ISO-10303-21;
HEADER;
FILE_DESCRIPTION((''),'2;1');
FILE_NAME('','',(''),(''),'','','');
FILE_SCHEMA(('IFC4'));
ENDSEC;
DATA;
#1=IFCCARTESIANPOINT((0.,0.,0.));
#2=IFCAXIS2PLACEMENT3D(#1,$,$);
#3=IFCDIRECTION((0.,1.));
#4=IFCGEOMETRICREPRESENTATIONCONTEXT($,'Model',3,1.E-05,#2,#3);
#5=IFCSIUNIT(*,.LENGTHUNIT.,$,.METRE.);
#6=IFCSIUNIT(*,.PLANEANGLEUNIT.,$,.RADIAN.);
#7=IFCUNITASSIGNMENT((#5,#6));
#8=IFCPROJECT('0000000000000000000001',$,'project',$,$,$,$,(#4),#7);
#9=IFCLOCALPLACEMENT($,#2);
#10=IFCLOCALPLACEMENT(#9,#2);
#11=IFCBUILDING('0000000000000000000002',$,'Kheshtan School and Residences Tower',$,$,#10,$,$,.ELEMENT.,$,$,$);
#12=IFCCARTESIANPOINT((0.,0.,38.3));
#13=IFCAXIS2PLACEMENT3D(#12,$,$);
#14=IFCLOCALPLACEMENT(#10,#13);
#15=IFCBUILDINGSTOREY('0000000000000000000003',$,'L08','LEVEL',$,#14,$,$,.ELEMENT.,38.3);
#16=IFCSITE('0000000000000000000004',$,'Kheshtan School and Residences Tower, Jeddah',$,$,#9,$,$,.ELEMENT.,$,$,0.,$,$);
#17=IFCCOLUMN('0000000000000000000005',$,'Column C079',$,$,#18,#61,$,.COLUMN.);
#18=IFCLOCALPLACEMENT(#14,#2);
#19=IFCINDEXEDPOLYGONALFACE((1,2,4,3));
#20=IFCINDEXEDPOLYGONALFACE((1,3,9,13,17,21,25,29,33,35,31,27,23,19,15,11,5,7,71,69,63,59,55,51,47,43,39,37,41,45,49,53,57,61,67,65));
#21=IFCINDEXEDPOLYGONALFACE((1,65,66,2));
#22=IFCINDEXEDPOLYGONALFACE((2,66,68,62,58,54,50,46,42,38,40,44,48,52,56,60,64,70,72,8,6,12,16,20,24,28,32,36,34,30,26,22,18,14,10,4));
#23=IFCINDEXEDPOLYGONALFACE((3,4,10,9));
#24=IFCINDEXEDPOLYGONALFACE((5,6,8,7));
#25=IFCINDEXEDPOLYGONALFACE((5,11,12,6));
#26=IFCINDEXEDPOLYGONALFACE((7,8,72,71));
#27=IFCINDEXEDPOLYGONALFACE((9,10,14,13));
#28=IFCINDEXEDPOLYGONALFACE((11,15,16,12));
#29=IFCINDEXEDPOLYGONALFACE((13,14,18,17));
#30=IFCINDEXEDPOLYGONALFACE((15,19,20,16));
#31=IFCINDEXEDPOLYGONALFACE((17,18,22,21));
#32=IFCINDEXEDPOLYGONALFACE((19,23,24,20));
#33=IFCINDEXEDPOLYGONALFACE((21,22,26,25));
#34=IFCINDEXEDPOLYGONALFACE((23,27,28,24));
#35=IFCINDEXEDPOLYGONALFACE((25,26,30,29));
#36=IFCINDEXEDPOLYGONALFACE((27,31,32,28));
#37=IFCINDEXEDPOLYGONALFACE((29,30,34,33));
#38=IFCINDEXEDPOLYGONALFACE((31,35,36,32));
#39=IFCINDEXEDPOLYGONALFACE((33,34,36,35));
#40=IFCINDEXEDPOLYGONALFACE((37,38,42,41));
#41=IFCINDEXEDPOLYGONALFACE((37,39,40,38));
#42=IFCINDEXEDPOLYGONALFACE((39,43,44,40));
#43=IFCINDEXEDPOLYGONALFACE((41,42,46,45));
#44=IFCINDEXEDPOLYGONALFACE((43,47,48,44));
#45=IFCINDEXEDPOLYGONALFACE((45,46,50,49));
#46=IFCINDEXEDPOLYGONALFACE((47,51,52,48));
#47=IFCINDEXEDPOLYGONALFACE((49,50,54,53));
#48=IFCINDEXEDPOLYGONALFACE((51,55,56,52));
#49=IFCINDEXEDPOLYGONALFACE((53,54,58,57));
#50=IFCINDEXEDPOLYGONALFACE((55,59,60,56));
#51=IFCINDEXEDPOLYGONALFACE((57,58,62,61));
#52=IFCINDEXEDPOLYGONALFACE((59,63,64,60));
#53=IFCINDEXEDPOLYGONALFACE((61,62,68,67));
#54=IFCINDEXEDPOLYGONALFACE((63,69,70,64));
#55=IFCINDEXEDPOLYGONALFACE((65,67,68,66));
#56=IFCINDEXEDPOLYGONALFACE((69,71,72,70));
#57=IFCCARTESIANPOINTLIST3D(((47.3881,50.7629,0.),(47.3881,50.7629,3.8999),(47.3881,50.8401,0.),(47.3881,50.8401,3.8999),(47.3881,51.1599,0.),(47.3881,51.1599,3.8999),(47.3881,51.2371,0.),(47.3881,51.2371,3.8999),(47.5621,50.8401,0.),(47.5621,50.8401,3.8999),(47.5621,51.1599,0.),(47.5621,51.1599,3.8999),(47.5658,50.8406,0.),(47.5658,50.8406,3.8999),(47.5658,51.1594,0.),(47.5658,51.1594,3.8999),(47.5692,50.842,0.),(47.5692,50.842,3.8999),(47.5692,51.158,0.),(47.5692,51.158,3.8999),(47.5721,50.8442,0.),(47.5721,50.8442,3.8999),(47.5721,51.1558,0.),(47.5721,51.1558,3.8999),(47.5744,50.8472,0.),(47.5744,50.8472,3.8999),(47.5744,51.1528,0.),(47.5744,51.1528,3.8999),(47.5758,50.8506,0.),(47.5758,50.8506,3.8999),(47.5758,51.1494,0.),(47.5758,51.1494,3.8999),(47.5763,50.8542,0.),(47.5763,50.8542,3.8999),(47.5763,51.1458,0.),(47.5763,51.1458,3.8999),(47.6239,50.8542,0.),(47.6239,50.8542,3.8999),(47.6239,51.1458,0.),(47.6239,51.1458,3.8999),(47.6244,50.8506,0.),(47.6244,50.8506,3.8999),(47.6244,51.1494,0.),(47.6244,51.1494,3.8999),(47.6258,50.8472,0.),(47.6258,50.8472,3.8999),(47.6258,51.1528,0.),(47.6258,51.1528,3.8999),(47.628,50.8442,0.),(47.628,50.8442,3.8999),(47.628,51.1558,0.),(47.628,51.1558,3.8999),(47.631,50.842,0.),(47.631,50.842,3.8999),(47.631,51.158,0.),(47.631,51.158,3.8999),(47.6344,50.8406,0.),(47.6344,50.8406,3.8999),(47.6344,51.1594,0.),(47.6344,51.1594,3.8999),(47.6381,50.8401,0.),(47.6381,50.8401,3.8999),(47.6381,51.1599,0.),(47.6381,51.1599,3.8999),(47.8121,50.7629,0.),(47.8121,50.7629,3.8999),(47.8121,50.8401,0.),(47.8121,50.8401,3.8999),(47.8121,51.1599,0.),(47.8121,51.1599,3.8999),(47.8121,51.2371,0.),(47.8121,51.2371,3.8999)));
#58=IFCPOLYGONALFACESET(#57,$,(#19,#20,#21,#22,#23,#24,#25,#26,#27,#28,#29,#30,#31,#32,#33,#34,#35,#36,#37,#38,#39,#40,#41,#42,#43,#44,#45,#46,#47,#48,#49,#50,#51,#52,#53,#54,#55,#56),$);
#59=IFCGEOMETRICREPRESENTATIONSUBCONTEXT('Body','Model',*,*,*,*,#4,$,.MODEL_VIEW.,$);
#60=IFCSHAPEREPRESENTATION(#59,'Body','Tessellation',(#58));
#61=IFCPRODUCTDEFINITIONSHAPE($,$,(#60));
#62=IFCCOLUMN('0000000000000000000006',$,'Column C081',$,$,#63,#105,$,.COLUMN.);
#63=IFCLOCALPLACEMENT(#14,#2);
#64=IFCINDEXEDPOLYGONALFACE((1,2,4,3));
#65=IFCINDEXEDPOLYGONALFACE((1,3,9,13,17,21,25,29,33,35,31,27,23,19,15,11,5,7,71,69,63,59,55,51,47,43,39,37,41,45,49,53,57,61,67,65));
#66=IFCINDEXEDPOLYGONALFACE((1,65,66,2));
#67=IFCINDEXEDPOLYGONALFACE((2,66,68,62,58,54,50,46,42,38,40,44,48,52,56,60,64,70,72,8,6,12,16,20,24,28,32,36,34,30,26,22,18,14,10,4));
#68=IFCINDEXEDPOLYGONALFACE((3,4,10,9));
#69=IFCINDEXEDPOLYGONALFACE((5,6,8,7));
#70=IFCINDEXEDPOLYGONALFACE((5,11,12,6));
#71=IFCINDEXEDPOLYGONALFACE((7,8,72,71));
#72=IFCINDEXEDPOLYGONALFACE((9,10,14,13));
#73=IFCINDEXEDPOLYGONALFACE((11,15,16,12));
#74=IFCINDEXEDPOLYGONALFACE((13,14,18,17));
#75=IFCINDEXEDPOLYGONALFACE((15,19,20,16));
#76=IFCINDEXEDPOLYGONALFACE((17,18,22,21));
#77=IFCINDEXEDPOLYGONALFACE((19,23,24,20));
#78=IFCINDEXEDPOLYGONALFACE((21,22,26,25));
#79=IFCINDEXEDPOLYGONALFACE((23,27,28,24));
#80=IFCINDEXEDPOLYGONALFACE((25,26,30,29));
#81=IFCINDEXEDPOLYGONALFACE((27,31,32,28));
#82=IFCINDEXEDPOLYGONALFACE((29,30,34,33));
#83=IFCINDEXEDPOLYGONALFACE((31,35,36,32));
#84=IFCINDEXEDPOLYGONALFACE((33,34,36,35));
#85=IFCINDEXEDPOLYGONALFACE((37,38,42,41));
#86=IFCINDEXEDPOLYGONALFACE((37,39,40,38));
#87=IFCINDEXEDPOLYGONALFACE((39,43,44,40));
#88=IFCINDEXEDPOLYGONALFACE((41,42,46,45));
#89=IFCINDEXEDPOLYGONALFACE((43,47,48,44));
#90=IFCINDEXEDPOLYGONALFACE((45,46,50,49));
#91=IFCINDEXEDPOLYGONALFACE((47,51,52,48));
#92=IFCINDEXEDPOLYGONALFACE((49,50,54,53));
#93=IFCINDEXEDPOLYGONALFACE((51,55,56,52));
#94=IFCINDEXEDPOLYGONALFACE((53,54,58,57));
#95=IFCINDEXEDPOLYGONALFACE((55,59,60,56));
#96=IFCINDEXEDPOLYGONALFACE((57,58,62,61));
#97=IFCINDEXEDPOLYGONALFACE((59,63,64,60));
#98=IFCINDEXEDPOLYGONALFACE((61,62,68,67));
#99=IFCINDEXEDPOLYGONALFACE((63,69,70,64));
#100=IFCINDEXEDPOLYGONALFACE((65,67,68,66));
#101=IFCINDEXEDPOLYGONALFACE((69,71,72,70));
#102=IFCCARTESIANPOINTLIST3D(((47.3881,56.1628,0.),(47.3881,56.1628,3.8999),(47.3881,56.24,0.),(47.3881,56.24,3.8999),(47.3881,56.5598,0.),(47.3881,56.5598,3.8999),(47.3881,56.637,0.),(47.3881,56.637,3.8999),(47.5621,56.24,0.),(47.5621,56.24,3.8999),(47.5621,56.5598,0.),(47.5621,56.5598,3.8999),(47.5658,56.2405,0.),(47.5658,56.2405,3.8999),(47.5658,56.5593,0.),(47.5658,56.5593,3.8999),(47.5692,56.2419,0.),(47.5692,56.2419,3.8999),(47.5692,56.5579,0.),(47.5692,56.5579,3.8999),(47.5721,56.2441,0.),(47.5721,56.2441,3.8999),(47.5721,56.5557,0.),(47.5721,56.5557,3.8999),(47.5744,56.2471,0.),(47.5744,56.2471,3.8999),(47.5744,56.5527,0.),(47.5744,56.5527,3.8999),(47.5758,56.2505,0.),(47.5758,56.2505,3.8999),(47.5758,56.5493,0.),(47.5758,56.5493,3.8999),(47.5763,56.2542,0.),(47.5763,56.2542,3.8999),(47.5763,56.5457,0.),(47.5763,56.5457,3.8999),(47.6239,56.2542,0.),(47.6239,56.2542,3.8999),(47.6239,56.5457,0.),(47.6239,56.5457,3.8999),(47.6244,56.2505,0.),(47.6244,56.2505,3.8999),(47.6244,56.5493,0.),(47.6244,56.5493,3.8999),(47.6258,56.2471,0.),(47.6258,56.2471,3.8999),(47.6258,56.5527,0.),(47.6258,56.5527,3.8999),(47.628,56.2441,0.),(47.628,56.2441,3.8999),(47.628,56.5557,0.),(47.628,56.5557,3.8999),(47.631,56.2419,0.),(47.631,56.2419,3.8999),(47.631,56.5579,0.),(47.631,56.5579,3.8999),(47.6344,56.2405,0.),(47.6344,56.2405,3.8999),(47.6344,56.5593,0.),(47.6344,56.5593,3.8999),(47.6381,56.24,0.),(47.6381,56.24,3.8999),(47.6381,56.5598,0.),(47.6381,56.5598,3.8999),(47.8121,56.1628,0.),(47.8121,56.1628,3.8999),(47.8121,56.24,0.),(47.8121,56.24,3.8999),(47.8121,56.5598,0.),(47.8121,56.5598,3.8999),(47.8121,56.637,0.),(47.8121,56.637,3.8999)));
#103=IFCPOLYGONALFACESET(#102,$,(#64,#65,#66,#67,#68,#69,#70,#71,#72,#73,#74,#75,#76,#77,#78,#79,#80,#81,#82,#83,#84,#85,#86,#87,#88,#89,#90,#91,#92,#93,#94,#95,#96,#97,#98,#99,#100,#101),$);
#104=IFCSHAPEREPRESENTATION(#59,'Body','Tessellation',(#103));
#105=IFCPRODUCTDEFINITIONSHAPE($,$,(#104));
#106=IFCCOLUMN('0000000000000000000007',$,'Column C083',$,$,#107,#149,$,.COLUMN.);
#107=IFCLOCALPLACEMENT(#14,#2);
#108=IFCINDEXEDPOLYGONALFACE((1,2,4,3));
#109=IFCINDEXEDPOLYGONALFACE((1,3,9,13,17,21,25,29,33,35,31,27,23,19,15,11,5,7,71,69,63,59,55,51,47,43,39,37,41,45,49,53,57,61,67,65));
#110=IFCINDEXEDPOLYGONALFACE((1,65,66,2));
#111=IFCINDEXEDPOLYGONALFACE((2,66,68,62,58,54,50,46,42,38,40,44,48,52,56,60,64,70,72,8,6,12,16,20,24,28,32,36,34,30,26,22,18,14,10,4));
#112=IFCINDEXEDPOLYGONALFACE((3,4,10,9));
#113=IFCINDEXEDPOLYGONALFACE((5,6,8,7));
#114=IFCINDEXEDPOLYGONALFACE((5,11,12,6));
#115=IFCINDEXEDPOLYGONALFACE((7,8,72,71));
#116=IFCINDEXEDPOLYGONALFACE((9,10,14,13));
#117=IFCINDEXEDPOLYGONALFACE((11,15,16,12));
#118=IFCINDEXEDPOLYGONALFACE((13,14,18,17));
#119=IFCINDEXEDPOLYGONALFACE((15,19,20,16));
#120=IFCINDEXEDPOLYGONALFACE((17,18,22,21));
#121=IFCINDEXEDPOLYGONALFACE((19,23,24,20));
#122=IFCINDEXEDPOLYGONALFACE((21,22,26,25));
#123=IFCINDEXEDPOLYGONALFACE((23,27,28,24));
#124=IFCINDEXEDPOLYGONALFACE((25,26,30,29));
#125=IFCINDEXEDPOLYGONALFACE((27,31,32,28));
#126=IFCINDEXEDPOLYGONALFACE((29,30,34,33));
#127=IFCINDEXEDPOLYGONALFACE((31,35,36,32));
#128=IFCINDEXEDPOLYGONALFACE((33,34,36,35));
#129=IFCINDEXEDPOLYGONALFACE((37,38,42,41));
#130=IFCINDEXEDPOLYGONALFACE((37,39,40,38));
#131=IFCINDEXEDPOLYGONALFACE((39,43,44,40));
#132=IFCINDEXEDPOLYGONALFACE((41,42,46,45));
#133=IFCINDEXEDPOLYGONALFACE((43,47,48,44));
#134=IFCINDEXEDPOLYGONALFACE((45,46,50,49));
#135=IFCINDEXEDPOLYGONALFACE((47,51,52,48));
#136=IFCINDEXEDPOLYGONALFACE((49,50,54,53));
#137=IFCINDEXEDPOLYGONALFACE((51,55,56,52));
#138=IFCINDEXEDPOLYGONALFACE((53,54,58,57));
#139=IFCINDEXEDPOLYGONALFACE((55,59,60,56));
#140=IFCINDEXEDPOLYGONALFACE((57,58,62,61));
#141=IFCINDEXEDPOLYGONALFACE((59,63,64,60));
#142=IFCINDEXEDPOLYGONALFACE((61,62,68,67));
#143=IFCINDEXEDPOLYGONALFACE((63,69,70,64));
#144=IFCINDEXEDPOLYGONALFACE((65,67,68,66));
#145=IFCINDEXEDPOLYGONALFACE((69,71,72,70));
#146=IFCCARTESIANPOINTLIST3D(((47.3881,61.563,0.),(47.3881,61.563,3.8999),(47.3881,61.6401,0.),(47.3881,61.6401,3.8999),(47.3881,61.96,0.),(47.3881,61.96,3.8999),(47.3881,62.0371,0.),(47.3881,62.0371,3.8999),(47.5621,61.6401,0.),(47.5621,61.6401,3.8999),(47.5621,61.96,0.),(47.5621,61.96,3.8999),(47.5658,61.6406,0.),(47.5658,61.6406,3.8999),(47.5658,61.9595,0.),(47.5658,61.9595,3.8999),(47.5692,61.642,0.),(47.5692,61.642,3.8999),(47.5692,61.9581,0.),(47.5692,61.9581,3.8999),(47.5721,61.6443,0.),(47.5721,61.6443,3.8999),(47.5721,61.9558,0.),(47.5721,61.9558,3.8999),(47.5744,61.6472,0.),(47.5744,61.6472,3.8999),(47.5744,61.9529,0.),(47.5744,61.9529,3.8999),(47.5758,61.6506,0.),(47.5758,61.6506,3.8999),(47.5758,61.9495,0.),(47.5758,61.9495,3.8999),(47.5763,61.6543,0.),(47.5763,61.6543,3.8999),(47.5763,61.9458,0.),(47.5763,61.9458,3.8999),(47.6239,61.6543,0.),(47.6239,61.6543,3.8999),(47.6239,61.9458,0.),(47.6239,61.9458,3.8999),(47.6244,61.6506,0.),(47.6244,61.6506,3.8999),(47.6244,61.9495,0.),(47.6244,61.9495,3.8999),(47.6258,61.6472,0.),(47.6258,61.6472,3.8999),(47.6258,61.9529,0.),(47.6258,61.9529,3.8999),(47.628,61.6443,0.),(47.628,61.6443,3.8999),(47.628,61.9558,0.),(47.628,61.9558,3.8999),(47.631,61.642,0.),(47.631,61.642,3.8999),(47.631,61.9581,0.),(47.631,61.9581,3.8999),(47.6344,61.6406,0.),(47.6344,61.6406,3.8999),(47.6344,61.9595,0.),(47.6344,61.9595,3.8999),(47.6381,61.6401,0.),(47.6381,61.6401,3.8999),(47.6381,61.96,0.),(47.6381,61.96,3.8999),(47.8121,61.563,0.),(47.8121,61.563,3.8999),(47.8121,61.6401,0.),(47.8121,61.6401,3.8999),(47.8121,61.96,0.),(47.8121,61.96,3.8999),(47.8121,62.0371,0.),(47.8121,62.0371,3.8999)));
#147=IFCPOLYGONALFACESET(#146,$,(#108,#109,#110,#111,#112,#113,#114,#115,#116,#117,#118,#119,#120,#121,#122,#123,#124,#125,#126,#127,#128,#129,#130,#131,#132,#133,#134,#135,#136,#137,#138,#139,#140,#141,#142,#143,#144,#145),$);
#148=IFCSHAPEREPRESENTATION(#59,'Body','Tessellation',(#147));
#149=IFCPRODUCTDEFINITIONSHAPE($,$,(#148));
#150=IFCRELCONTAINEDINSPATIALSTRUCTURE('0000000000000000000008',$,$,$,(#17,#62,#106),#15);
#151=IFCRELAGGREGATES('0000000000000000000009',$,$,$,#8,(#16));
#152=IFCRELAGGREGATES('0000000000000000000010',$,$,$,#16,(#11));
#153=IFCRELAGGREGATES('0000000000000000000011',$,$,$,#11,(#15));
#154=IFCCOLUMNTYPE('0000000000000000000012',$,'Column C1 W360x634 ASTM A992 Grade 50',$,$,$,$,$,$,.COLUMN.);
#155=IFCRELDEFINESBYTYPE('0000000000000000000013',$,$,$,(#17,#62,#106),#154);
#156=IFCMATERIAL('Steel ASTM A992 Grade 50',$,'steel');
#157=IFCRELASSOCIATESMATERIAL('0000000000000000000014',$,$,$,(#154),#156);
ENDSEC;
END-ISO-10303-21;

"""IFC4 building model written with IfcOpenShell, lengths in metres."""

from ifc_helpers import new_model, si_unit, direction, frame, origin, origin_2d, place, context, subcontext, project, spatial, i_section, extrude, material, material_profile, profile_set, type_object, element, save


model = new_model("IFC4")

# Units and contexts
model_context = context("Model", 3, precision=1e-05, world=origin(), true_north=direction((0.0, 1.0)))
body_context = subcontext(model_context, "Body", "Model", "MODEL_VIEW")
ifc_project = project(units=[si_unit("LENGTHUNIT", "METRE"), si_unit("PLANEANGLEUNIT", "RADIAN")], contexts=[model_context])

# Site, building, storey
site_placement = place(None, origin())
site = spatial("IfcSite", under=ifc_project, at=site_placement, Name="Kheshtan School and Residences Tower, Jeddah", CompositionType="ELEMENT", RefElevation=0.0)
building_placement = place(site_placement, origin())
building = spatial("IfcBuilding", under=site, at=building_placement, Name="Kheshtan School and Residences Tower", CompositionType="ELEMENT")
storey_placement = place(building_placement, frame((0.0, 0.0, 38.3)))
storey = spatial("IfcBuildingStorey", under=building, at=storey_placement, Name="L08", Description="LEVEL", CompositionType="ELEMENT", Elevation=38.3)

# Columns
ifc_material_1 = material(Name="Steel ASTM A992 Grade 50", Category="steel")
ifc_material_profile_1 = material_profile(ifc_material_1, i_section(OverallWidth=0.4241, OverallDepth=0.4741, WebThickness=0.0476, FlangeThickness=0.0771, FilletRadius=0.0142, at=origin_2d()), Name="W360x634")
ifc_profile_set_1 = profile_set([ifc_material_profile_1], Name="Steel ASTM A992 Grade 50")
column_type_1 = type_object("IfcColumnType", Name="Column C1 W360x634 ASTM A992 Grade 50", PredefinedType="COLUMN", material=ifc_profile_set_1)
for number, where, z_axis, x_axis, name in (
    (1, (47.6001, 51.0, 0.0), (0.0, 0.0, 1.0), (1.0, 0.0, 0.0), "Column C079"),
    (2, (47.6001, 56.3999, 0.0), (0.0, 0.0, 1.0), (1.0, 0.0, 0.0), "Column C081"),
    (3, (47.6001, 61.8, 0.0), (0.0, 0.0, 1.0), (1.0, 0.0, 0.0), "Column C083"),
):
    element("IfcColumn", number, at=place(storey_placement, frame(where, z_axis=z_axis, x_axis=x_axis)), inside=storey, type_object=column_type_1, Name=name, PredefinedType="COLUMN", context=body_context, shape_type="SweptSolid", body=[
        extrude(i_section(OverallWidth=0.4241, OverallDepth=0.4741, WebThickness=0.0476, FlangeThickness=0.0771, FilletRadius=0.0142, at=origin_2d()), origin(), (0.0, 0.0, 1.0), 3.8999),
    ])

save(model, "model.ifc")
